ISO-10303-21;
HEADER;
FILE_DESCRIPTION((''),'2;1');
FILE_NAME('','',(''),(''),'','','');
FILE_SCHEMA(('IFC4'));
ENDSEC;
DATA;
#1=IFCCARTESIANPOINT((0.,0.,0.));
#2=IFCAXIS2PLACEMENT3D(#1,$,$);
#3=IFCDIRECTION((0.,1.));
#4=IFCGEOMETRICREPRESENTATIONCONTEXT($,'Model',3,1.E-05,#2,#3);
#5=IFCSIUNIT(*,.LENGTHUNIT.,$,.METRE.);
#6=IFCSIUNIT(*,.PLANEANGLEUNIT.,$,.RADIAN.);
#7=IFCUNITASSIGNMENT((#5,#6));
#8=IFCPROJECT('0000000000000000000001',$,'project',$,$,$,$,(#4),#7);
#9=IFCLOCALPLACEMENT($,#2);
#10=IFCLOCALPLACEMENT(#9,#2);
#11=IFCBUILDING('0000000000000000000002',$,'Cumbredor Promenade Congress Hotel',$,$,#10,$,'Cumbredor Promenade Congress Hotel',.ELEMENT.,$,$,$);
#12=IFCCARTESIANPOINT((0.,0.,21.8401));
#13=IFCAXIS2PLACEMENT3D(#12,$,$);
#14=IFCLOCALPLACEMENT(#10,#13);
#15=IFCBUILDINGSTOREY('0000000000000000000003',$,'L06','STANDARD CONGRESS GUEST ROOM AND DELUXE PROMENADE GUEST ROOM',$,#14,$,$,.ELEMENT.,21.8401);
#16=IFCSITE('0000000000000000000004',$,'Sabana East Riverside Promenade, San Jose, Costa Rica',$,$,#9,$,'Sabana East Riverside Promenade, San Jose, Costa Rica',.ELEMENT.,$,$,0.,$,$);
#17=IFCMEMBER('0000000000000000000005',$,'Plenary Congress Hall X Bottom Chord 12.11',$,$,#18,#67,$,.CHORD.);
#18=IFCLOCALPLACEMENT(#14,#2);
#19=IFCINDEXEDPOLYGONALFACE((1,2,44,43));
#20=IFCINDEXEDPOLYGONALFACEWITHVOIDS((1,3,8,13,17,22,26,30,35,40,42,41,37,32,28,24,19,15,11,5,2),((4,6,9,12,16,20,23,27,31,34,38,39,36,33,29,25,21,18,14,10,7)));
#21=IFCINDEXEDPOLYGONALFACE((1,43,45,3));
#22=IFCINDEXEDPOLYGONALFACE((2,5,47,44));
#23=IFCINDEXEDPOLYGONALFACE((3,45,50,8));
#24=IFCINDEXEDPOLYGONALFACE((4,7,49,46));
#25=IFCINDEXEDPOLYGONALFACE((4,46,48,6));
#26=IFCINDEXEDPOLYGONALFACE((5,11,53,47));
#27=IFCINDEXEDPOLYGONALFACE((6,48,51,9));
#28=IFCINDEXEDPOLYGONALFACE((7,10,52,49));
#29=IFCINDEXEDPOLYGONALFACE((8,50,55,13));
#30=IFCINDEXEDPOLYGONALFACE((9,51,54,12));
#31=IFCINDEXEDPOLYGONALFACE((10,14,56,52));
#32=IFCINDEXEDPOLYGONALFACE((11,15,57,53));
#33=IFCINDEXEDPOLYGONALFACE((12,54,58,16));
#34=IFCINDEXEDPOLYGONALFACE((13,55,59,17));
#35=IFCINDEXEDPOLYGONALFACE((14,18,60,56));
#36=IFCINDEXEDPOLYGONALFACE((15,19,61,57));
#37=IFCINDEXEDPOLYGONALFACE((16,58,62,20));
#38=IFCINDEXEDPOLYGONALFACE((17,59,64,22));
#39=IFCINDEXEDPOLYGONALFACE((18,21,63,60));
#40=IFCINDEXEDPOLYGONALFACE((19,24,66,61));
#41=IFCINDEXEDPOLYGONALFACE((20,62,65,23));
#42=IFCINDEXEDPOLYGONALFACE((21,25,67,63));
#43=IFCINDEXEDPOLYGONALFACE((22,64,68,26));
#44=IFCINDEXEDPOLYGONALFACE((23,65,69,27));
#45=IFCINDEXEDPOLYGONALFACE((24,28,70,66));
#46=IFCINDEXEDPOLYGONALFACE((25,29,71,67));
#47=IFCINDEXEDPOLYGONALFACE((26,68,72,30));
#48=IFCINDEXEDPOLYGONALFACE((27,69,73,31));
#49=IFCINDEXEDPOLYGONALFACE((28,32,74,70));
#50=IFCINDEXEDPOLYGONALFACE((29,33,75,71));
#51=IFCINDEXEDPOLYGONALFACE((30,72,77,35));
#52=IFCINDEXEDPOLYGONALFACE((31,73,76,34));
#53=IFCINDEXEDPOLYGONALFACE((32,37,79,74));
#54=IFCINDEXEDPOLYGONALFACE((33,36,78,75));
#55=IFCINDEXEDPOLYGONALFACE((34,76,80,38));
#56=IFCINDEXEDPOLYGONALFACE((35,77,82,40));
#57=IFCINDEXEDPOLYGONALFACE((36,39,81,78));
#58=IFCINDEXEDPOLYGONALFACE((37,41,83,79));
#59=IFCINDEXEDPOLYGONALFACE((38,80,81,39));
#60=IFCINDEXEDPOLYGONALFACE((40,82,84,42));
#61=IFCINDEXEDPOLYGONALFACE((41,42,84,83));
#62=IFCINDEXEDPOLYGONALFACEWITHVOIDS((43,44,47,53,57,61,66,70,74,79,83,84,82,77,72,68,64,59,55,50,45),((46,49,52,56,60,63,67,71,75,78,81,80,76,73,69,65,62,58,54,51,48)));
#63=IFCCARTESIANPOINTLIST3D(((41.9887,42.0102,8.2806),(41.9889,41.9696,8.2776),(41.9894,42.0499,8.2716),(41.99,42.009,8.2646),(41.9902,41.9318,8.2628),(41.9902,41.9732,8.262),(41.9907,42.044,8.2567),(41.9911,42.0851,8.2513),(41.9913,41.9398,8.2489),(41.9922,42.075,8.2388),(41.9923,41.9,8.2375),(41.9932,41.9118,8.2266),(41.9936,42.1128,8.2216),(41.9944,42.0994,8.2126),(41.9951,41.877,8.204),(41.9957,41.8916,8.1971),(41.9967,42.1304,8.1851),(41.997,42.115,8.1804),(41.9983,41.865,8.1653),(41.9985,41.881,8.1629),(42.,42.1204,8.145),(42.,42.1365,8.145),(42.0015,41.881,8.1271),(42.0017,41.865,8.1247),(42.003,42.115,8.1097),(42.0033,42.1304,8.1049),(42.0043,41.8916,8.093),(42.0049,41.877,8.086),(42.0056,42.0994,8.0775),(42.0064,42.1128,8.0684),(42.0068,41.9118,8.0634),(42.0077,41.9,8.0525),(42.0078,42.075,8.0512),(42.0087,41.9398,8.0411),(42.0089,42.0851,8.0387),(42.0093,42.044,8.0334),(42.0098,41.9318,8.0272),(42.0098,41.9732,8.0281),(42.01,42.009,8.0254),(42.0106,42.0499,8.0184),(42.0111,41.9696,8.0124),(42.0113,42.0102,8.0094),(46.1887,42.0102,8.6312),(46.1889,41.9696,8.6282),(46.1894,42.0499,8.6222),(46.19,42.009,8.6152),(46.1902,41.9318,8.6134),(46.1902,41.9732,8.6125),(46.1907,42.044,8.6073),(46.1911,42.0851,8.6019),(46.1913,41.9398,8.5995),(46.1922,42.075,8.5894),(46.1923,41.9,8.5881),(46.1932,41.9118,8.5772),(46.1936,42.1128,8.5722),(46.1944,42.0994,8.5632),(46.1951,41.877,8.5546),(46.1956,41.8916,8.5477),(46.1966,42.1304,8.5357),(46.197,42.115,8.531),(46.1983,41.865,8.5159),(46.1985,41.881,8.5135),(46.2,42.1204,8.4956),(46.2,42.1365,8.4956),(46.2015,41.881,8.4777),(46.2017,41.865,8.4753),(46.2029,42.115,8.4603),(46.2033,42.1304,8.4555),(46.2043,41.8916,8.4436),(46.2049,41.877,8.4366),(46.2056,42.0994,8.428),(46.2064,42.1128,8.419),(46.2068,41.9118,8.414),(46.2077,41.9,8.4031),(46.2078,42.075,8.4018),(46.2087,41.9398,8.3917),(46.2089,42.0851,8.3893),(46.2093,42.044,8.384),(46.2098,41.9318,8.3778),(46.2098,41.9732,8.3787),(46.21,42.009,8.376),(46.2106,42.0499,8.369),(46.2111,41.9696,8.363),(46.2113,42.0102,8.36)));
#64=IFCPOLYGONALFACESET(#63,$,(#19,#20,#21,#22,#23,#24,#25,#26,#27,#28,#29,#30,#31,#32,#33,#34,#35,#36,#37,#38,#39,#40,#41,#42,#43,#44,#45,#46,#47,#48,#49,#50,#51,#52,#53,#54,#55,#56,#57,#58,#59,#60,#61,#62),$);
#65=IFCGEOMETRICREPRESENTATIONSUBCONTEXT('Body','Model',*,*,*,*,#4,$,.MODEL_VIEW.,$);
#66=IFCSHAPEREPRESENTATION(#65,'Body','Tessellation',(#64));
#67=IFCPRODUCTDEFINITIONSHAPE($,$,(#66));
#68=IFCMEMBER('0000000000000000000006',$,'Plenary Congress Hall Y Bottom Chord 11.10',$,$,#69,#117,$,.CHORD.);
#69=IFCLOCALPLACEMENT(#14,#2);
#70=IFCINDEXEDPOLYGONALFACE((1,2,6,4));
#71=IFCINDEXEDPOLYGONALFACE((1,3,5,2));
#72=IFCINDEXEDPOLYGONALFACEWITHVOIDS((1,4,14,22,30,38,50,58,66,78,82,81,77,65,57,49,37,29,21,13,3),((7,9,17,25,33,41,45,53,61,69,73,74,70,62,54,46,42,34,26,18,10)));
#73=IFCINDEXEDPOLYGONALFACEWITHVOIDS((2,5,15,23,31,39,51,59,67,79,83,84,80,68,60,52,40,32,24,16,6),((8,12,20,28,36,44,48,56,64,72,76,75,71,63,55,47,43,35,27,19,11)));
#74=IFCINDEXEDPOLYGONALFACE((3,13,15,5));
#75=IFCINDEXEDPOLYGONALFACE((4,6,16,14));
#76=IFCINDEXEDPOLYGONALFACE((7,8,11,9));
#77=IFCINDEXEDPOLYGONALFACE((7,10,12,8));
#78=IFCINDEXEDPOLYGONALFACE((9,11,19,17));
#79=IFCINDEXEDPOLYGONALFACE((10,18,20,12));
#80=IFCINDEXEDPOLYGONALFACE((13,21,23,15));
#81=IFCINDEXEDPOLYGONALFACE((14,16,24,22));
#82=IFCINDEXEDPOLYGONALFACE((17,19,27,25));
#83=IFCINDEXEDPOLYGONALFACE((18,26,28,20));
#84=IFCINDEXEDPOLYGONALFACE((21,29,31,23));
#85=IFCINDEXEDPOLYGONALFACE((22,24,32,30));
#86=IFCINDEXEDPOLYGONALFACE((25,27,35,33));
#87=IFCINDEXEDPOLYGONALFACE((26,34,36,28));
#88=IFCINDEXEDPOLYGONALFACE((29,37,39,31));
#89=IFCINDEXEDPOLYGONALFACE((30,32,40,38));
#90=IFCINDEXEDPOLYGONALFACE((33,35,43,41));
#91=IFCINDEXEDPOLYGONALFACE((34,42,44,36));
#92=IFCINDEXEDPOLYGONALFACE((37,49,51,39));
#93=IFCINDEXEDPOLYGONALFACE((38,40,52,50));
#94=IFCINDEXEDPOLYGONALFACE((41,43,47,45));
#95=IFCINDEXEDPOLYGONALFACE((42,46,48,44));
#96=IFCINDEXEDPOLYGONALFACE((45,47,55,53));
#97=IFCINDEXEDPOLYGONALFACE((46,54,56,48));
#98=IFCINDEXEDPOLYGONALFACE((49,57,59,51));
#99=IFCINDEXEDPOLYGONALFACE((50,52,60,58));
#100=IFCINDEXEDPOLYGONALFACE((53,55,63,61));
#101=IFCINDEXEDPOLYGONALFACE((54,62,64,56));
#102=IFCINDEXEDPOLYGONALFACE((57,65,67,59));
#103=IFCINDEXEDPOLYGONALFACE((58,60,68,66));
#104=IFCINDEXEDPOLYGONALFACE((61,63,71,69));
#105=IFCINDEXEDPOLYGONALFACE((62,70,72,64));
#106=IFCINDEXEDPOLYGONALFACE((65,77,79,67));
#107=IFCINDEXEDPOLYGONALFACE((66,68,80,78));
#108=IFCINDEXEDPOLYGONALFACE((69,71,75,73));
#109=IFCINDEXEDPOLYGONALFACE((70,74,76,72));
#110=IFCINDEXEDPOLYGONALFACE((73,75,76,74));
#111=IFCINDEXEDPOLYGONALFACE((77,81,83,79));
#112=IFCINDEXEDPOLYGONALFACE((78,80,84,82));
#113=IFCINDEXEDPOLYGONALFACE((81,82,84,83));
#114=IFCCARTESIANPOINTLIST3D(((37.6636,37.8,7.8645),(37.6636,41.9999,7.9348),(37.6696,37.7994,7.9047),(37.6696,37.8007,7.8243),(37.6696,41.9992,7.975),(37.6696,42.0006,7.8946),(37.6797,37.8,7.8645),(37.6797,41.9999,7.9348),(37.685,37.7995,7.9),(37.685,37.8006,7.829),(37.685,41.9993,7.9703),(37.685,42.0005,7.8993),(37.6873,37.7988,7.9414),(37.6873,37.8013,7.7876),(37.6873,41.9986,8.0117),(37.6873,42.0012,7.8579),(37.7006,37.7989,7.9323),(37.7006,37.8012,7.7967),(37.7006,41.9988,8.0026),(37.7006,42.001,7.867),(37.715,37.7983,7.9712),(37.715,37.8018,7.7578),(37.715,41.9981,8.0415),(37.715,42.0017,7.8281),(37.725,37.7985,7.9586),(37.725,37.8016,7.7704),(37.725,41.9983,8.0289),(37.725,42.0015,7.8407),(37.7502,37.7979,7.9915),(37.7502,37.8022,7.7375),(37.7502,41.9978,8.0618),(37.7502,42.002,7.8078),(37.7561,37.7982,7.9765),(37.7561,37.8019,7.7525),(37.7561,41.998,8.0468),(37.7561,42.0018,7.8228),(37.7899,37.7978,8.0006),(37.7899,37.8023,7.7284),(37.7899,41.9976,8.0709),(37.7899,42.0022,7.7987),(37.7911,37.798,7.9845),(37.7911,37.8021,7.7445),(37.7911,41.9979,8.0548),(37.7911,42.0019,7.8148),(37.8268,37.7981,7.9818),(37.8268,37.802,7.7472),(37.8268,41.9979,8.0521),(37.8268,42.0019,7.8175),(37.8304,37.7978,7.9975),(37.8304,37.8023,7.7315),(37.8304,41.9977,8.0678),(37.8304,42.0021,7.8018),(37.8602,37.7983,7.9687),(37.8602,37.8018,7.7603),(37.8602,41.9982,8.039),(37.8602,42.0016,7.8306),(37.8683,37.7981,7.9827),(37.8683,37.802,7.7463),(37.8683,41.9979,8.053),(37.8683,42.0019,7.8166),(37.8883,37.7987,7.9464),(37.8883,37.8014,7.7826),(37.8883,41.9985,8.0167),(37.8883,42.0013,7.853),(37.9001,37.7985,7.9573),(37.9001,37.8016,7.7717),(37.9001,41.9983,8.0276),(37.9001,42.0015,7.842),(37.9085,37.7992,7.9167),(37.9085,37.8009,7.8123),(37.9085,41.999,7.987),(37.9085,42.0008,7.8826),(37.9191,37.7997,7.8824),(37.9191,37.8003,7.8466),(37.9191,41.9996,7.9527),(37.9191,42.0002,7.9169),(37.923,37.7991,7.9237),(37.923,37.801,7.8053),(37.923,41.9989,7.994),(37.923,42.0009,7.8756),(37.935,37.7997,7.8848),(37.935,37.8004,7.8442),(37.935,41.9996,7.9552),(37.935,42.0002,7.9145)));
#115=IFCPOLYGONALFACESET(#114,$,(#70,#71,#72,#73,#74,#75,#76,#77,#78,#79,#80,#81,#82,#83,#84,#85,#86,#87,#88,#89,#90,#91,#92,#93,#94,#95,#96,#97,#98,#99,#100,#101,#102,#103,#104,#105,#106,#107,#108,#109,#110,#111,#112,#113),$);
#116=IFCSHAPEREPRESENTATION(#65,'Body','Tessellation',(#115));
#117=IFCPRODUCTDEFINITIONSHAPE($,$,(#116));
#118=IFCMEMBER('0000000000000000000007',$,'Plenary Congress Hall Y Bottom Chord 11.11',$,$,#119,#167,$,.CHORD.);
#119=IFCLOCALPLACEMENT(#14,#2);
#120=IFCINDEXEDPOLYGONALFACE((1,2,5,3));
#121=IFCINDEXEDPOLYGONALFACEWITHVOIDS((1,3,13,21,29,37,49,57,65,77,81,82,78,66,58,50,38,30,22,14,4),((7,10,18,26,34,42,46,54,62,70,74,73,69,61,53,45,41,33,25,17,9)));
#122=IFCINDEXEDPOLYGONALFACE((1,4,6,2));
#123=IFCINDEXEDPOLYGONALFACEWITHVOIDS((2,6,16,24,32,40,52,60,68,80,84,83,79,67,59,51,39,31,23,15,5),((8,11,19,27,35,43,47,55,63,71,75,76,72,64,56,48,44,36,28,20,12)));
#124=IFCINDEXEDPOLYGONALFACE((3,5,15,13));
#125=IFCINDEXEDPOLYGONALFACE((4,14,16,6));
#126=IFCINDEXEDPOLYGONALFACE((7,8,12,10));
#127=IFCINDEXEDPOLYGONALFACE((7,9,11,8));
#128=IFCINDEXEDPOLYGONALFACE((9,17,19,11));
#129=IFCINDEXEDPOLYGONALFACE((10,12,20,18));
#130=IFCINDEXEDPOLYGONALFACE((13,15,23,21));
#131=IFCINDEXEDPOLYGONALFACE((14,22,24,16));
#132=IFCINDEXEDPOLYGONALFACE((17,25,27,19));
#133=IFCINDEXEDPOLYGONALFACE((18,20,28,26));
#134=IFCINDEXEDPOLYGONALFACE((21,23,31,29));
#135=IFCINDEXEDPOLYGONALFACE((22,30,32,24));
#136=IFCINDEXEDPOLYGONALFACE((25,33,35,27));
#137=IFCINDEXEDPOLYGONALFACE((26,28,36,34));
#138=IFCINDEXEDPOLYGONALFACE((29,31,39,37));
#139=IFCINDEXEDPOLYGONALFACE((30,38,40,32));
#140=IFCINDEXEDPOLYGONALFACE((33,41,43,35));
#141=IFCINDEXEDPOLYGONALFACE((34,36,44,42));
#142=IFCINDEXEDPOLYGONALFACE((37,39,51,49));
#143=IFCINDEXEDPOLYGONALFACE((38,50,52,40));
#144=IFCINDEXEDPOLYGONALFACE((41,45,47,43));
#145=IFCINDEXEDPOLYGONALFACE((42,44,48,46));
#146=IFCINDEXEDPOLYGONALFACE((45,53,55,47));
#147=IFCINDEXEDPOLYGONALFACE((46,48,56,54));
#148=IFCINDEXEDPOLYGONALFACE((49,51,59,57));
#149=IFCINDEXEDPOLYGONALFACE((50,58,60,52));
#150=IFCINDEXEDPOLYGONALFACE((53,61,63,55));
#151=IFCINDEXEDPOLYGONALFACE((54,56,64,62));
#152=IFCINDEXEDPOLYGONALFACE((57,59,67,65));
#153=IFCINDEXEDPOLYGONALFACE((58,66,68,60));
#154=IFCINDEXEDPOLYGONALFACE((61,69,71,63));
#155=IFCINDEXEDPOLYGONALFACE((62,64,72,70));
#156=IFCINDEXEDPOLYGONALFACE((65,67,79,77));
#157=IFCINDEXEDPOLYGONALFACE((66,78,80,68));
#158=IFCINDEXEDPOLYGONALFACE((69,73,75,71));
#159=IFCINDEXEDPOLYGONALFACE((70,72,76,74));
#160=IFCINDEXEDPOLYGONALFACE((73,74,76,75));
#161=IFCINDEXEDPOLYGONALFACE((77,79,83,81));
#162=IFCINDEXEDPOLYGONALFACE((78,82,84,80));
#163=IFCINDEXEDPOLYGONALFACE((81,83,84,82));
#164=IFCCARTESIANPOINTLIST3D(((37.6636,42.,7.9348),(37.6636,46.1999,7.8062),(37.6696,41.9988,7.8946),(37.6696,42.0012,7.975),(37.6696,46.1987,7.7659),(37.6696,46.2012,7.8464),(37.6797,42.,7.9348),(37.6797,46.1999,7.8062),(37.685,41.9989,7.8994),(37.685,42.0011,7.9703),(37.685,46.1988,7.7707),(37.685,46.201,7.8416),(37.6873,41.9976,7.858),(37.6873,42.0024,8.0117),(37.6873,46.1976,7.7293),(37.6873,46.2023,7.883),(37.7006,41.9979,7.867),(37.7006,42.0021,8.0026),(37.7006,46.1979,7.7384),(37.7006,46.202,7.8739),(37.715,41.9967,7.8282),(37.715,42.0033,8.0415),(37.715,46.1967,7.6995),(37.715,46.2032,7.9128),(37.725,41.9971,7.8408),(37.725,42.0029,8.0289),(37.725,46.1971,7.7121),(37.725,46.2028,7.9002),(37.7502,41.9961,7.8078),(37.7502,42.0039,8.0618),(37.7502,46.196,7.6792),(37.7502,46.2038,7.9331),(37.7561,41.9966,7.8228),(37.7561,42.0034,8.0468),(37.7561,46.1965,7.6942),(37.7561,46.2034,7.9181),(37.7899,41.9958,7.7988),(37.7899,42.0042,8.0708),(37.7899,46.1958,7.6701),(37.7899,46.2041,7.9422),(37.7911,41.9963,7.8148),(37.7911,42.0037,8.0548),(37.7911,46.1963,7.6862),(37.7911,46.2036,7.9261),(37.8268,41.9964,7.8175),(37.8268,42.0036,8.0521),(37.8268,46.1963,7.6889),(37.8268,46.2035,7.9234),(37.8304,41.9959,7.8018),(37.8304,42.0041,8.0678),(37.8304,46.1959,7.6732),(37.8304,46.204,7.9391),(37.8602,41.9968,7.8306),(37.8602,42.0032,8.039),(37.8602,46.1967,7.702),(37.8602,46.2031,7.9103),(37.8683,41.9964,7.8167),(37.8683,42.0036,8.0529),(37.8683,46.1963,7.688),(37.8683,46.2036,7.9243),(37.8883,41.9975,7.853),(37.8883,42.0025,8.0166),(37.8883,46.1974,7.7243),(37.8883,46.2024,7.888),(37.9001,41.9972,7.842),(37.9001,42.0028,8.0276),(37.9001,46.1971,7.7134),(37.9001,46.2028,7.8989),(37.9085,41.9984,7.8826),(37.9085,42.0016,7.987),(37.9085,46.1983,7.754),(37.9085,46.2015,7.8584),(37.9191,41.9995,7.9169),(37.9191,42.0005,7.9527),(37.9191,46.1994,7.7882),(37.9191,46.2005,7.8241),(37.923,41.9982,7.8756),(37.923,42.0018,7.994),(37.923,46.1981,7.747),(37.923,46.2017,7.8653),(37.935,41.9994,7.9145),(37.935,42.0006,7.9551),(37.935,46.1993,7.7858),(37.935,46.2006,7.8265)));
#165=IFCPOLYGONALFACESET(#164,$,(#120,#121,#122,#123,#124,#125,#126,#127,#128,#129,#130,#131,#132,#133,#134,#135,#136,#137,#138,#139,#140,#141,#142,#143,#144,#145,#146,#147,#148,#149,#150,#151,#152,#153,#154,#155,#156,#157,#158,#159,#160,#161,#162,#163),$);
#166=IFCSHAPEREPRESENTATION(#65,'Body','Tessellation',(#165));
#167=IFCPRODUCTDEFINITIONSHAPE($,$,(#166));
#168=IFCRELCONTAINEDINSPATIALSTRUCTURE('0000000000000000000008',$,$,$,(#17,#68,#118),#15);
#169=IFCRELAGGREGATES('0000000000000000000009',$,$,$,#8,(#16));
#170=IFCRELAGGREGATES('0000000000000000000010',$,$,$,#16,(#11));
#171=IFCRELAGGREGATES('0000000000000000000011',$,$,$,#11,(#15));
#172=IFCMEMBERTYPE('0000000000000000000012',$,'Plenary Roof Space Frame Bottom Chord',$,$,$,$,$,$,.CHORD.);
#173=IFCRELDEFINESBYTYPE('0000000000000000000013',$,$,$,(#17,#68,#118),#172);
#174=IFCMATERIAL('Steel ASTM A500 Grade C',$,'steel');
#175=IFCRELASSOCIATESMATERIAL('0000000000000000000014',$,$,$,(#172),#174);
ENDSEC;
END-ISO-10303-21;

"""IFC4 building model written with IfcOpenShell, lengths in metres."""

from ifc_helpers import new_model, si_unit, direction, frame, origin, origin_2d, place, context, subcontext, project, spatial, hollow_circle, extrude, material, material_profile, profile_set, type_object, element, save


model = new_model("IFC4")

# Units and contexts
model_context = context("Model", 3, precision=1e-05, world=origin(), true_north=direction((0.0, 1.0)))
body_context = subcontext(model_context, "Body", "Model", "MODEL_VIEW")
ifc_project = project(units=[si_unit("LENGTHUNIT", "METRE"), si_unit("PLANEANGLEUNIT", "RADIAN")], contexts=[model_context])

# Site, building, storey
site_placement = place(None, origin())
site = spatial("IfcSite", under=ifc_project, at=site_placement, Name="Sabana East Riverside Promenade, San Jose, Costa Rica", LongName="Sabana East Riverside Promenade, San Jose, Costa Rica", CompositionType="ELEMENT", RefElevation=0.0)
building_placement = place(site_placement, origin())
building = spatial("IfcBuilding", under=site, at=building_placement, Name="Cumbredor Promenade Congress Hotel", LongName="Cumbredor Promenade Congress Hotel", CompositionType="ELEMENT")
storey_placement = place(building_placement, frame((0.0, 0.0, 21.8401)))
storey = spatial("IfcBuildingStorey", under=building, at=storey_placement, Name="L06", Description="STANDARD CONGRESS GUEST ROOM AND DELUXE PROMENADE GUEST ROOM", CompositionType="ELEMENT", Elevation=21.8401)

# Members
ifc_material_1 = material(Name="Steel ASTM A500 Grade C", Category="steel")
ifc_material_profile_1 = material_profile(ifc_material_1, hollow_circle(Radius=0.1365, WallThickness=0.0161, at=origin_2d()), Name="CHS 273.0x16")
ifc_profile_set_1 = profile_set([ifc_material_profile_1], Name="Steel ASTM A500 Grade C")
member_type_1 = type_object("IfcMemberType", Name="Plenary Roof Space Frame Bottom Chord", PredefinedType="CHORD", material=ifc_profile_set_1)
member_1_placement = place(storey_placement, frame((42.0, 42.0, 8.145), z_axis=(0.996534, 0.0, 0.083185), x_axis=(0.0, 1.0, 0.0)))
element("IfcMember", 1, at=member_1_placement, inside=storey, type_object=member_type_1, Name="Plenary Congress Hall X Bottom Chord 12.11", PredefinedType="CHORD", context=body_context, shape_type="SweptSolid", body=[
    extrude(hollow_circle(Radius=0.1365, WallThickness=0.0161, at=origin_2d()), origin(), (0.0, 0.0, 1.0), 4.2146),
])
member_2_placement = place(storey_placement, frame((37.8, 37.8, 7.8645), z_axis=(0.0, 0.99986, 0.016739), x_axis=(-1.0, 0.0, 0.0)))
element("IfcMember", 2, at=member_2_placement, inside=storey, type_object=member_type_1, Name="Plenary Congress Hall Y Bottom Chord 11.10", PredefinedType="CHORD", context=body_context, shape_type="SweptSolid", body=[
    extrude(hollow_circle(Radius=0.1365, WallThickness=0.0161, at=origin_2d()), origin(), (0.0, 0.0, 1.0), 4.2004),
])
member_3_placement = place(storey_placement, frame((37.8, 42.0, 7.9348), z_axis=(0.0, 0.999531, -0.03062), x_axis=(-1.0, 0.0, 0.0)))
element("IfcMember", 3, at=member_3_placement, inside=storey, type_object=member_type_1, Name="Plenary Congress Hall Y Bottom Chord 11.11", PredefinedType="CHORD", context=body_context, shape_type="SweptSolid", body=[
    extrude(hollow_circle(Radius=0.1365, WallThickness=0.0161, at=origin_2d()), origin(), (0.0, 0.0, 1.0), 4.2019),
])

save(model, "model.ifc")
